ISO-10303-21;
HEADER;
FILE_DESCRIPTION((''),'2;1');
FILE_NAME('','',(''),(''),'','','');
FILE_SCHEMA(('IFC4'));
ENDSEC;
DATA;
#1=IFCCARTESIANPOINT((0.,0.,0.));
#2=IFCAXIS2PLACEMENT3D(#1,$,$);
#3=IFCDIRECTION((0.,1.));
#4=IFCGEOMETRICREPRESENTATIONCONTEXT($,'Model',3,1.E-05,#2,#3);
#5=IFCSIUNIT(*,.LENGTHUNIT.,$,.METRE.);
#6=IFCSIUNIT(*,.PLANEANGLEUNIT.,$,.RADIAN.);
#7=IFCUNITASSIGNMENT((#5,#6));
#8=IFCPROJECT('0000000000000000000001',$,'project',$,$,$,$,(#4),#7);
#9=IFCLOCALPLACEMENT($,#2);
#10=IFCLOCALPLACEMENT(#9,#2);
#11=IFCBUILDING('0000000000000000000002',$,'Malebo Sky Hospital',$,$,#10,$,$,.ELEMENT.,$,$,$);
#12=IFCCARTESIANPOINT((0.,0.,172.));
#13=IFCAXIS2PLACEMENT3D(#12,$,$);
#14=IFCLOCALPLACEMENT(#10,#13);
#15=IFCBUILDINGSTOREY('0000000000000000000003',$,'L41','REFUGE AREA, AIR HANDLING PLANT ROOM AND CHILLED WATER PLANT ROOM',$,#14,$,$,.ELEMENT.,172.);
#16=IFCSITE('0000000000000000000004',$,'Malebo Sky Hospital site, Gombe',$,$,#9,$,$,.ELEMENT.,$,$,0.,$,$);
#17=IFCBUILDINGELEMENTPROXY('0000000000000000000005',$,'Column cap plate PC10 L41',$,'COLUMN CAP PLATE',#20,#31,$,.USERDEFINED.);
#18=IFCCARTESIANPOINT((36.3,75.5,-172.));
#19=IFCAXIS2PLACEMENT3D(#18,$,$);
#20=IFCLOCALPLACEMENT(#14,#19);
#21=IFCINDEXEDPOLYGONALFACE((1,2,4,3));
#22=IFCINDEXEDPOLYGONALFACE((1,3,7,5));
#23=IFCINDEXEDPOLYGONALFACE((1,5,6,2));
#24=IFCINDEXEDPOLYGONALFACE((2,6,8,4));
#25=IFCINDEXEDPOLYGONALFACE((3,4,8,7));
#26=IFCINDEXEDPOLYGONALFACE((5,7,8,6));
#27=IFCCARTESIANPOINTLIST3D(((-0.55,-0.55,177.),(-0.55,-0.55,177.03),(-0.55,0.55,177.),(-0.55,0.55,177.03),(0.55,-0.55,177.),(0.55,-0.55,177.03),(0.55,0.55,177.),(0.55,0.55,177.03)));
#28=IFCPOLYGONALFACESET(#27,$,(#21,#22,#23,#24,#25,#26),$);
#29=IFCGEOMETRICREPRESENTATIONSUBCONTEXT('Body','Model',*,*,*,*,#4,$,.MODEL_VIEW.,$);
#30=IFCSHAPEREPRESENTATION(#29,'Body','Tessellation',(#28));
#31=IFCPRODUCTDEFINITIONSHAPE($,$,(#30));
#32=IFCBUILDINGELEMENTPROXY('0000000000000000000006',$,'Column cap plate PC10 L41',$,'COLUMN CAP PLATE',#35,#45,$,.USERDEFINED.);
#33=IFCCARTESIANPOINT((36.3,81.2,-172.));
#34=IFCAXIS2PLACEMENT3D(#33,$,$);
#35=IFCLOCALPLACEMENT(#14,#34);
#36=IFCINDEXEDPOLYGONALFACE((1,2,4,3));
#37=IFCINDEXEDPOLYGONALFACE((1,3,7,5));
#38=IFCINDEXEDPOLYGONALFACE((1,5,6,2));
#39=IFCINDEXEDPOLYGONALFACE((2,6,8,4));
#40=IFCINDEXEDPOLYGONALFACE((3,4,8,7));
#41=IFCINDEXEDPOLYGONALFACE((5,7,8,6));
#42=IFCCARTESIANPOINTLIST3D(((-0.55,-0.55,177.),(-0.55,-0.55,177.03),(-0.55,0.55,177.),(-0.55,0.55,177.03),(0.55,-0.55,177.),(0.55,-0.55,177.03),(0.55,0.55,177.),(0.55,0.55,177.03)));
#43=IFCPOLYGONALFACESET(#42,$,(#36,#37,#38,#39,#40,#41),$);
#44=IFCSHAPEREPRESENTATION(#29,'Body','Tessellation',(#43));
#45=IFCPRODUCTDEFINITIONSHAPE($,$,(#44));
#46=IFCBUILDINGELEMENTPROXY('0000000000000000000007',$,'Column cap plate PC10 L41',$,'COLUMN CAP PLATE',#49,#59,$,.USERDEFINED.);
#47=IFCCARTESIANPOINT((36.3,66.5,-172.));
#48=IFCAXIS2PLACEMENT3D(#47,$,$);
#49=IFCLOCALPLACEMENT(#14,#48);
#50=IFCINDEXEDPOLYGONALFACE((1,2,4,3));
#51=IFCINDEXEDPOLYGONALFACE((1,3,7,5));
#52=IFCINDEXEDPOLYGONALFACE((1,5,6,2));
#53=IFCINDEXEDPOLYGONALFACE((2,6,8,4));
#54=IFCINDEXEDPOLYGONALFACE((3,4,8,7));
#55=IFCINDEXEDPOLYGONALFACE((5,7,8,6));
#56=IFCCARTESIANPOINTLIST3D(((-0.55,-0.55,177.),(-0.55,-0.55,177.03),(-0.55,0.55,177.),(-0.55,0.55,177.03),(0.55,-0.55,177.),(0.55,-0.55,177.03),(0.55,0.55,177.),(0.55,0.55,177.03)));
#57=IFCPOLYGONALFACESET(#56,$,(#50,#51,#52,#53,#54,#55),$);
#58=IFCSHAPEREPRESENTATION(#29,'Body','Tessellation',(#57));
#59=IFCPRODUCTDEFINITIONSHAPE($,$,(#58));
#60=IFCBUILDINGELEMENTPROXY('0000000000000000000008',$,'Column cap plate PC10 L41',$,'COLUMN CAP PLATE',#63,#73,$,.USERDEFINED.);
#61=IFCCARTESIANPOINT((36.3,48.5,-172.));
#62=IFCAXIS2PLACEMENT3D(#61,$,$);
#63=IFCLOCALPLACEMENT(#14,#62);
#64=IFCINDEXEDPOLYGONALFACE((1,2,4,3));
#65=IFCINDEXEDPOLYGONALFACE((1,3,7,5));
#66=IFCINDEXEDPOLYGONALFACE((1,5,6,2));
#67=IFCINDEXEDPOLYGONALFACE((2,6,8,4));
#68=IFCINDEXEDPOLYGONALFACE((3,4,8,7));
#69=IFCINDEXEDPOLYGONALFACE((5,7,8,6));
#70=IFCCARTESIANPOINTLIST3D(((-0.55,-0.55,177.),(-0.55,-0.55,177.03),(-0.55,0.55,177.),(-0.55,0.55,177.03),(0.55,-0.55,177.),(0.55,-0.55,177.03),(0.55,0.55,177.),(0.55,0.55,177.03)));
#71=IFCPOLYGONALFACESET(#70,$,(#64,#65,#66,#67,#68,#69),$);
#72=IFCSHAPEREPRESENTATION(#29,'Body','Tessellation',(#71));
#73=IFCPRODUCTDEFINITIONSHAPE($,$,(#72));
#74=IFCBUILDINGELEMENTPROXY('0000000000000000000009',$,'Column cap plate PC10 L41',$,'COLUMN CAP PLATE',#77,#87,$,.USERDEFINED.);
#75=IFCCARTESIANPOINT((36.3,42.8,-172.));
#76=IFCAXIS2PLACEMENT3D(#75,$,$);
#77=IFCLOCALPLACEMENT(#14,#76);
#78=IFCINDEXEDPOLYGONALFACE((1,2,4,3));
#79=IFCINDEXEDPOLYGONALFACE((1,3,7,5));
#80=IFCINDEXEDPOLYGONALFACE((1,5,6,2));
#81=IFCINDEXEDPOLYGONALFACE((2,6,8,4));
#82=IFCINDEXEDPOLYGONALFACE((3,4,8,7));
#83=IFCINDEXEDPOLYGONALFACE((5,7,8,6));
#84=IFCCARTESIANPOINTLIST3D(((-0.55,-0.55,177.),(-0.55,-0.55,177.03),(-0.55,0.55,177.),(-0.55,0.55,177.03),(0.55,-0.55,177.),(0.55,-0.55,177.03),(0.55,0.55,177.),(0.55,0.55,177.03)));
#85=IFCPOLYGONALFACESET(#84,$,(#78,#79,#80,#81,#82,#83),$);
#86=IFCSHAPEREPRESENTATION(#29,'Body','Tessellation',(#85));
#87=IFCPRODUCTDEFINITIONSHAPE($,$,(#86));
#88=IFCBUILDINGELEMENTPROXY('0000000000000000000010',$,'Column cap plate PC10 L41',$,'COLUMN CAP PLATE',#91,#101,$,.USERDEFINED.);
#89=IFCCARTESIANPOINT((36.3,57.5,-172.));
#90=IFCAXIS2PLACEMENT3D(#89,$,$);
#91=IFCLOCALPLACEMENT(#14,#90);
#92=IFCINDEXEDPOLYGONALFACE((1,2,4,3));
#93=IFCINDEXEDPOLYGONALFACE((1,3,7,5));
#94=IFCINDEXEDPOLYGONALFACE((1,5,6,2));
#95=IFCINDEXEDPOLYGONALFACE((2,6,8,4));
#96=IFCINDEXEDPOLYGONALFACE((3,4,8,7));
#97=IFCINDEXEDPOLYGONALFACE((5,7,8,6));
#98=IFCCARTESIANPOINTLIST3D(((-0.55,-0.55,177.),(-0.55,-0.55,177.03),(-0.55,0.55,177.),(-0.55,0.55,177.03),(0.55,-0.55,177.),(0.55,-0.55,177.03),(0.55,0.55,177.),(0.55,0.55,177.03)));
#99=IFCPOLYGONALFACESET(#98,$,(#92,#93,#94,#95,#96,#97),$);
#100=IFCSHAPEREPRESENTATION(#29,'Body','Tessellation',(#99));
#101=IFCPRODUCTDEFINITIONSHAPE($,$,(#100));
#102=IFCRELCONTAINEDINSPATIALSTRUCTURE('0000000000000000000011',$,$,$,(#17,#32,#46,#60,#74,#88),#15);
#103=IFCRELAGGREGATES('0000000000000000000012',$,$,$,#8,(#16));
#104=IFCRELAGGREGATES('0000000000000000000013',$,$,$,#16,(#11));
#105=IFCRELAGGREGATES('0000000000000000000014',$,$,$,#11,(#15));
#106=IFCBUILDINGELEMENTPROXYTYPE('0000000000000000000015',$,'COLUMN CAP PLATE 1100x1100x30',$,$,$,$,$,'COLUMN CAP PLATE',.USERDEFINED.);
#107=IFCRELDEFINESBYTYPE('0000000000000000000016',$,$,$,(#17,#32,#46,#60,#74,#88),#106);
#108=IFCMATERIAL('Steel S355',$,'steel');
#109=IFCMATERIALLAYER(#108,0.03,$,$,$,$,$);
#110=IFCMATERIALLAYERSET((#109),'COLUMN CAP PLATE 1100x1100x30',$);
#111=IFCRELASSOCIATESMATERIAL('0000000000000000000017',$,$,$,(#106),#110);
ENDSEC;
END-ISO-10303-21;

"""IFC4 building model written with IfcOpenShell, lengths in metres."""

from ifc_helpers import new_model, si_unit, direction, frame, origin, origin_2d, place, context, subcontext, project, spatial, rectangle, extrude, material, layer, layer_set, type_object, element, save


model = new_model("IFC4")

# Units and contexts
model_context = context("Model", 3, precision=1e-05, world=origin(), true_north=direction((0.0, 1.0)))
body_context = subcontext(model_context, "Body", "Model", "MODEL_VIEW")
ifc_project = project(units=[si_unit("LENGTHUNIT", "METRE"), si_unit("PLANEANGLEUNIT", "RADIAN")], contexts=[model_context])

# Site, building, storey
site_placement = place(None, origin())
site = spatial("IfcSite", under=ifc_project, at=site_placement, Name="Malebo Sky Hospital site, Gombe", CompositionType="ELEMENT", RefElevation=0.0)
building_placement = place(site_placement, origin())
building = spatial("IfcBuilding", under=site, at=building_placement, Name="Malebo Sky Hospital", CompositionType="ELEMENT")
storey_placement = place(building_placement, frame((0.0, 0.0, 172.0)))
storey = spatial("IfcBuildingStorey", under=building, at=storey_placement, Name="L41", Description="REFUGE AREA, AIR HANDLING PLANT ROOM AND CHILLED WATER PLANT ROOM", CompositionType="ELEMENT", Elevation=172.0)

# Shared definitions
ifc_material = material(Name="Steel S355", Category="steel")

# Building element proxies
ifc_layer = layer(ifc_material, 0.03)
ifc_layer_set = layer_set([ifc_layer], Name="COLUMN CAP PLATE 1100x1100x30")
building_element_proxy_type = type_object("IfcBuildingElementProxyType", Name="COLUMN CAP PLATE 1100x1100x30", ElementType="COLUMN CAP PLATE", PredefinedType="USERDEFINED", material=ifc_layer_set)
for number, where, name in (
    (1, (36.3, 75.5, -172.0), "Column cap plate PC10 L41"),
    (2, (36.3, 81.2, -172.0), "Column cap plate PC10 L41"),
    (3, (36.3, 66.5, -172.0), "Column cap plate PC10 L41"),
    (4, (36.3, 48.5, -172.0), "Column cap plate PC10 L41"),
    (5, (36.3, 42.8, -172.0), "Column cap plate PC10 L41"),
    (6, (36.3, 57.5, -172.0), "Column cap plate PC10 L41"),
):
    element("IfcBuildingElementProxy", number, at=place(storey_placement, frame(where)), inside=storey, type_object=building_element_proxy_type, Name=name, ObjectType="COLUMN CAP PLATE", PredefinedType="USERDEFINED", context=body_context, shape_type="SweptSolid", body=[
        extrude(rectangle(XDim=1.1001, YDim=1.1001, at=origin_2d()), frame((0.0, 0.0, 177.0)), (0.0, 0.0, 1.0), 0.03),
    ])

save(model, "model.ifc")
